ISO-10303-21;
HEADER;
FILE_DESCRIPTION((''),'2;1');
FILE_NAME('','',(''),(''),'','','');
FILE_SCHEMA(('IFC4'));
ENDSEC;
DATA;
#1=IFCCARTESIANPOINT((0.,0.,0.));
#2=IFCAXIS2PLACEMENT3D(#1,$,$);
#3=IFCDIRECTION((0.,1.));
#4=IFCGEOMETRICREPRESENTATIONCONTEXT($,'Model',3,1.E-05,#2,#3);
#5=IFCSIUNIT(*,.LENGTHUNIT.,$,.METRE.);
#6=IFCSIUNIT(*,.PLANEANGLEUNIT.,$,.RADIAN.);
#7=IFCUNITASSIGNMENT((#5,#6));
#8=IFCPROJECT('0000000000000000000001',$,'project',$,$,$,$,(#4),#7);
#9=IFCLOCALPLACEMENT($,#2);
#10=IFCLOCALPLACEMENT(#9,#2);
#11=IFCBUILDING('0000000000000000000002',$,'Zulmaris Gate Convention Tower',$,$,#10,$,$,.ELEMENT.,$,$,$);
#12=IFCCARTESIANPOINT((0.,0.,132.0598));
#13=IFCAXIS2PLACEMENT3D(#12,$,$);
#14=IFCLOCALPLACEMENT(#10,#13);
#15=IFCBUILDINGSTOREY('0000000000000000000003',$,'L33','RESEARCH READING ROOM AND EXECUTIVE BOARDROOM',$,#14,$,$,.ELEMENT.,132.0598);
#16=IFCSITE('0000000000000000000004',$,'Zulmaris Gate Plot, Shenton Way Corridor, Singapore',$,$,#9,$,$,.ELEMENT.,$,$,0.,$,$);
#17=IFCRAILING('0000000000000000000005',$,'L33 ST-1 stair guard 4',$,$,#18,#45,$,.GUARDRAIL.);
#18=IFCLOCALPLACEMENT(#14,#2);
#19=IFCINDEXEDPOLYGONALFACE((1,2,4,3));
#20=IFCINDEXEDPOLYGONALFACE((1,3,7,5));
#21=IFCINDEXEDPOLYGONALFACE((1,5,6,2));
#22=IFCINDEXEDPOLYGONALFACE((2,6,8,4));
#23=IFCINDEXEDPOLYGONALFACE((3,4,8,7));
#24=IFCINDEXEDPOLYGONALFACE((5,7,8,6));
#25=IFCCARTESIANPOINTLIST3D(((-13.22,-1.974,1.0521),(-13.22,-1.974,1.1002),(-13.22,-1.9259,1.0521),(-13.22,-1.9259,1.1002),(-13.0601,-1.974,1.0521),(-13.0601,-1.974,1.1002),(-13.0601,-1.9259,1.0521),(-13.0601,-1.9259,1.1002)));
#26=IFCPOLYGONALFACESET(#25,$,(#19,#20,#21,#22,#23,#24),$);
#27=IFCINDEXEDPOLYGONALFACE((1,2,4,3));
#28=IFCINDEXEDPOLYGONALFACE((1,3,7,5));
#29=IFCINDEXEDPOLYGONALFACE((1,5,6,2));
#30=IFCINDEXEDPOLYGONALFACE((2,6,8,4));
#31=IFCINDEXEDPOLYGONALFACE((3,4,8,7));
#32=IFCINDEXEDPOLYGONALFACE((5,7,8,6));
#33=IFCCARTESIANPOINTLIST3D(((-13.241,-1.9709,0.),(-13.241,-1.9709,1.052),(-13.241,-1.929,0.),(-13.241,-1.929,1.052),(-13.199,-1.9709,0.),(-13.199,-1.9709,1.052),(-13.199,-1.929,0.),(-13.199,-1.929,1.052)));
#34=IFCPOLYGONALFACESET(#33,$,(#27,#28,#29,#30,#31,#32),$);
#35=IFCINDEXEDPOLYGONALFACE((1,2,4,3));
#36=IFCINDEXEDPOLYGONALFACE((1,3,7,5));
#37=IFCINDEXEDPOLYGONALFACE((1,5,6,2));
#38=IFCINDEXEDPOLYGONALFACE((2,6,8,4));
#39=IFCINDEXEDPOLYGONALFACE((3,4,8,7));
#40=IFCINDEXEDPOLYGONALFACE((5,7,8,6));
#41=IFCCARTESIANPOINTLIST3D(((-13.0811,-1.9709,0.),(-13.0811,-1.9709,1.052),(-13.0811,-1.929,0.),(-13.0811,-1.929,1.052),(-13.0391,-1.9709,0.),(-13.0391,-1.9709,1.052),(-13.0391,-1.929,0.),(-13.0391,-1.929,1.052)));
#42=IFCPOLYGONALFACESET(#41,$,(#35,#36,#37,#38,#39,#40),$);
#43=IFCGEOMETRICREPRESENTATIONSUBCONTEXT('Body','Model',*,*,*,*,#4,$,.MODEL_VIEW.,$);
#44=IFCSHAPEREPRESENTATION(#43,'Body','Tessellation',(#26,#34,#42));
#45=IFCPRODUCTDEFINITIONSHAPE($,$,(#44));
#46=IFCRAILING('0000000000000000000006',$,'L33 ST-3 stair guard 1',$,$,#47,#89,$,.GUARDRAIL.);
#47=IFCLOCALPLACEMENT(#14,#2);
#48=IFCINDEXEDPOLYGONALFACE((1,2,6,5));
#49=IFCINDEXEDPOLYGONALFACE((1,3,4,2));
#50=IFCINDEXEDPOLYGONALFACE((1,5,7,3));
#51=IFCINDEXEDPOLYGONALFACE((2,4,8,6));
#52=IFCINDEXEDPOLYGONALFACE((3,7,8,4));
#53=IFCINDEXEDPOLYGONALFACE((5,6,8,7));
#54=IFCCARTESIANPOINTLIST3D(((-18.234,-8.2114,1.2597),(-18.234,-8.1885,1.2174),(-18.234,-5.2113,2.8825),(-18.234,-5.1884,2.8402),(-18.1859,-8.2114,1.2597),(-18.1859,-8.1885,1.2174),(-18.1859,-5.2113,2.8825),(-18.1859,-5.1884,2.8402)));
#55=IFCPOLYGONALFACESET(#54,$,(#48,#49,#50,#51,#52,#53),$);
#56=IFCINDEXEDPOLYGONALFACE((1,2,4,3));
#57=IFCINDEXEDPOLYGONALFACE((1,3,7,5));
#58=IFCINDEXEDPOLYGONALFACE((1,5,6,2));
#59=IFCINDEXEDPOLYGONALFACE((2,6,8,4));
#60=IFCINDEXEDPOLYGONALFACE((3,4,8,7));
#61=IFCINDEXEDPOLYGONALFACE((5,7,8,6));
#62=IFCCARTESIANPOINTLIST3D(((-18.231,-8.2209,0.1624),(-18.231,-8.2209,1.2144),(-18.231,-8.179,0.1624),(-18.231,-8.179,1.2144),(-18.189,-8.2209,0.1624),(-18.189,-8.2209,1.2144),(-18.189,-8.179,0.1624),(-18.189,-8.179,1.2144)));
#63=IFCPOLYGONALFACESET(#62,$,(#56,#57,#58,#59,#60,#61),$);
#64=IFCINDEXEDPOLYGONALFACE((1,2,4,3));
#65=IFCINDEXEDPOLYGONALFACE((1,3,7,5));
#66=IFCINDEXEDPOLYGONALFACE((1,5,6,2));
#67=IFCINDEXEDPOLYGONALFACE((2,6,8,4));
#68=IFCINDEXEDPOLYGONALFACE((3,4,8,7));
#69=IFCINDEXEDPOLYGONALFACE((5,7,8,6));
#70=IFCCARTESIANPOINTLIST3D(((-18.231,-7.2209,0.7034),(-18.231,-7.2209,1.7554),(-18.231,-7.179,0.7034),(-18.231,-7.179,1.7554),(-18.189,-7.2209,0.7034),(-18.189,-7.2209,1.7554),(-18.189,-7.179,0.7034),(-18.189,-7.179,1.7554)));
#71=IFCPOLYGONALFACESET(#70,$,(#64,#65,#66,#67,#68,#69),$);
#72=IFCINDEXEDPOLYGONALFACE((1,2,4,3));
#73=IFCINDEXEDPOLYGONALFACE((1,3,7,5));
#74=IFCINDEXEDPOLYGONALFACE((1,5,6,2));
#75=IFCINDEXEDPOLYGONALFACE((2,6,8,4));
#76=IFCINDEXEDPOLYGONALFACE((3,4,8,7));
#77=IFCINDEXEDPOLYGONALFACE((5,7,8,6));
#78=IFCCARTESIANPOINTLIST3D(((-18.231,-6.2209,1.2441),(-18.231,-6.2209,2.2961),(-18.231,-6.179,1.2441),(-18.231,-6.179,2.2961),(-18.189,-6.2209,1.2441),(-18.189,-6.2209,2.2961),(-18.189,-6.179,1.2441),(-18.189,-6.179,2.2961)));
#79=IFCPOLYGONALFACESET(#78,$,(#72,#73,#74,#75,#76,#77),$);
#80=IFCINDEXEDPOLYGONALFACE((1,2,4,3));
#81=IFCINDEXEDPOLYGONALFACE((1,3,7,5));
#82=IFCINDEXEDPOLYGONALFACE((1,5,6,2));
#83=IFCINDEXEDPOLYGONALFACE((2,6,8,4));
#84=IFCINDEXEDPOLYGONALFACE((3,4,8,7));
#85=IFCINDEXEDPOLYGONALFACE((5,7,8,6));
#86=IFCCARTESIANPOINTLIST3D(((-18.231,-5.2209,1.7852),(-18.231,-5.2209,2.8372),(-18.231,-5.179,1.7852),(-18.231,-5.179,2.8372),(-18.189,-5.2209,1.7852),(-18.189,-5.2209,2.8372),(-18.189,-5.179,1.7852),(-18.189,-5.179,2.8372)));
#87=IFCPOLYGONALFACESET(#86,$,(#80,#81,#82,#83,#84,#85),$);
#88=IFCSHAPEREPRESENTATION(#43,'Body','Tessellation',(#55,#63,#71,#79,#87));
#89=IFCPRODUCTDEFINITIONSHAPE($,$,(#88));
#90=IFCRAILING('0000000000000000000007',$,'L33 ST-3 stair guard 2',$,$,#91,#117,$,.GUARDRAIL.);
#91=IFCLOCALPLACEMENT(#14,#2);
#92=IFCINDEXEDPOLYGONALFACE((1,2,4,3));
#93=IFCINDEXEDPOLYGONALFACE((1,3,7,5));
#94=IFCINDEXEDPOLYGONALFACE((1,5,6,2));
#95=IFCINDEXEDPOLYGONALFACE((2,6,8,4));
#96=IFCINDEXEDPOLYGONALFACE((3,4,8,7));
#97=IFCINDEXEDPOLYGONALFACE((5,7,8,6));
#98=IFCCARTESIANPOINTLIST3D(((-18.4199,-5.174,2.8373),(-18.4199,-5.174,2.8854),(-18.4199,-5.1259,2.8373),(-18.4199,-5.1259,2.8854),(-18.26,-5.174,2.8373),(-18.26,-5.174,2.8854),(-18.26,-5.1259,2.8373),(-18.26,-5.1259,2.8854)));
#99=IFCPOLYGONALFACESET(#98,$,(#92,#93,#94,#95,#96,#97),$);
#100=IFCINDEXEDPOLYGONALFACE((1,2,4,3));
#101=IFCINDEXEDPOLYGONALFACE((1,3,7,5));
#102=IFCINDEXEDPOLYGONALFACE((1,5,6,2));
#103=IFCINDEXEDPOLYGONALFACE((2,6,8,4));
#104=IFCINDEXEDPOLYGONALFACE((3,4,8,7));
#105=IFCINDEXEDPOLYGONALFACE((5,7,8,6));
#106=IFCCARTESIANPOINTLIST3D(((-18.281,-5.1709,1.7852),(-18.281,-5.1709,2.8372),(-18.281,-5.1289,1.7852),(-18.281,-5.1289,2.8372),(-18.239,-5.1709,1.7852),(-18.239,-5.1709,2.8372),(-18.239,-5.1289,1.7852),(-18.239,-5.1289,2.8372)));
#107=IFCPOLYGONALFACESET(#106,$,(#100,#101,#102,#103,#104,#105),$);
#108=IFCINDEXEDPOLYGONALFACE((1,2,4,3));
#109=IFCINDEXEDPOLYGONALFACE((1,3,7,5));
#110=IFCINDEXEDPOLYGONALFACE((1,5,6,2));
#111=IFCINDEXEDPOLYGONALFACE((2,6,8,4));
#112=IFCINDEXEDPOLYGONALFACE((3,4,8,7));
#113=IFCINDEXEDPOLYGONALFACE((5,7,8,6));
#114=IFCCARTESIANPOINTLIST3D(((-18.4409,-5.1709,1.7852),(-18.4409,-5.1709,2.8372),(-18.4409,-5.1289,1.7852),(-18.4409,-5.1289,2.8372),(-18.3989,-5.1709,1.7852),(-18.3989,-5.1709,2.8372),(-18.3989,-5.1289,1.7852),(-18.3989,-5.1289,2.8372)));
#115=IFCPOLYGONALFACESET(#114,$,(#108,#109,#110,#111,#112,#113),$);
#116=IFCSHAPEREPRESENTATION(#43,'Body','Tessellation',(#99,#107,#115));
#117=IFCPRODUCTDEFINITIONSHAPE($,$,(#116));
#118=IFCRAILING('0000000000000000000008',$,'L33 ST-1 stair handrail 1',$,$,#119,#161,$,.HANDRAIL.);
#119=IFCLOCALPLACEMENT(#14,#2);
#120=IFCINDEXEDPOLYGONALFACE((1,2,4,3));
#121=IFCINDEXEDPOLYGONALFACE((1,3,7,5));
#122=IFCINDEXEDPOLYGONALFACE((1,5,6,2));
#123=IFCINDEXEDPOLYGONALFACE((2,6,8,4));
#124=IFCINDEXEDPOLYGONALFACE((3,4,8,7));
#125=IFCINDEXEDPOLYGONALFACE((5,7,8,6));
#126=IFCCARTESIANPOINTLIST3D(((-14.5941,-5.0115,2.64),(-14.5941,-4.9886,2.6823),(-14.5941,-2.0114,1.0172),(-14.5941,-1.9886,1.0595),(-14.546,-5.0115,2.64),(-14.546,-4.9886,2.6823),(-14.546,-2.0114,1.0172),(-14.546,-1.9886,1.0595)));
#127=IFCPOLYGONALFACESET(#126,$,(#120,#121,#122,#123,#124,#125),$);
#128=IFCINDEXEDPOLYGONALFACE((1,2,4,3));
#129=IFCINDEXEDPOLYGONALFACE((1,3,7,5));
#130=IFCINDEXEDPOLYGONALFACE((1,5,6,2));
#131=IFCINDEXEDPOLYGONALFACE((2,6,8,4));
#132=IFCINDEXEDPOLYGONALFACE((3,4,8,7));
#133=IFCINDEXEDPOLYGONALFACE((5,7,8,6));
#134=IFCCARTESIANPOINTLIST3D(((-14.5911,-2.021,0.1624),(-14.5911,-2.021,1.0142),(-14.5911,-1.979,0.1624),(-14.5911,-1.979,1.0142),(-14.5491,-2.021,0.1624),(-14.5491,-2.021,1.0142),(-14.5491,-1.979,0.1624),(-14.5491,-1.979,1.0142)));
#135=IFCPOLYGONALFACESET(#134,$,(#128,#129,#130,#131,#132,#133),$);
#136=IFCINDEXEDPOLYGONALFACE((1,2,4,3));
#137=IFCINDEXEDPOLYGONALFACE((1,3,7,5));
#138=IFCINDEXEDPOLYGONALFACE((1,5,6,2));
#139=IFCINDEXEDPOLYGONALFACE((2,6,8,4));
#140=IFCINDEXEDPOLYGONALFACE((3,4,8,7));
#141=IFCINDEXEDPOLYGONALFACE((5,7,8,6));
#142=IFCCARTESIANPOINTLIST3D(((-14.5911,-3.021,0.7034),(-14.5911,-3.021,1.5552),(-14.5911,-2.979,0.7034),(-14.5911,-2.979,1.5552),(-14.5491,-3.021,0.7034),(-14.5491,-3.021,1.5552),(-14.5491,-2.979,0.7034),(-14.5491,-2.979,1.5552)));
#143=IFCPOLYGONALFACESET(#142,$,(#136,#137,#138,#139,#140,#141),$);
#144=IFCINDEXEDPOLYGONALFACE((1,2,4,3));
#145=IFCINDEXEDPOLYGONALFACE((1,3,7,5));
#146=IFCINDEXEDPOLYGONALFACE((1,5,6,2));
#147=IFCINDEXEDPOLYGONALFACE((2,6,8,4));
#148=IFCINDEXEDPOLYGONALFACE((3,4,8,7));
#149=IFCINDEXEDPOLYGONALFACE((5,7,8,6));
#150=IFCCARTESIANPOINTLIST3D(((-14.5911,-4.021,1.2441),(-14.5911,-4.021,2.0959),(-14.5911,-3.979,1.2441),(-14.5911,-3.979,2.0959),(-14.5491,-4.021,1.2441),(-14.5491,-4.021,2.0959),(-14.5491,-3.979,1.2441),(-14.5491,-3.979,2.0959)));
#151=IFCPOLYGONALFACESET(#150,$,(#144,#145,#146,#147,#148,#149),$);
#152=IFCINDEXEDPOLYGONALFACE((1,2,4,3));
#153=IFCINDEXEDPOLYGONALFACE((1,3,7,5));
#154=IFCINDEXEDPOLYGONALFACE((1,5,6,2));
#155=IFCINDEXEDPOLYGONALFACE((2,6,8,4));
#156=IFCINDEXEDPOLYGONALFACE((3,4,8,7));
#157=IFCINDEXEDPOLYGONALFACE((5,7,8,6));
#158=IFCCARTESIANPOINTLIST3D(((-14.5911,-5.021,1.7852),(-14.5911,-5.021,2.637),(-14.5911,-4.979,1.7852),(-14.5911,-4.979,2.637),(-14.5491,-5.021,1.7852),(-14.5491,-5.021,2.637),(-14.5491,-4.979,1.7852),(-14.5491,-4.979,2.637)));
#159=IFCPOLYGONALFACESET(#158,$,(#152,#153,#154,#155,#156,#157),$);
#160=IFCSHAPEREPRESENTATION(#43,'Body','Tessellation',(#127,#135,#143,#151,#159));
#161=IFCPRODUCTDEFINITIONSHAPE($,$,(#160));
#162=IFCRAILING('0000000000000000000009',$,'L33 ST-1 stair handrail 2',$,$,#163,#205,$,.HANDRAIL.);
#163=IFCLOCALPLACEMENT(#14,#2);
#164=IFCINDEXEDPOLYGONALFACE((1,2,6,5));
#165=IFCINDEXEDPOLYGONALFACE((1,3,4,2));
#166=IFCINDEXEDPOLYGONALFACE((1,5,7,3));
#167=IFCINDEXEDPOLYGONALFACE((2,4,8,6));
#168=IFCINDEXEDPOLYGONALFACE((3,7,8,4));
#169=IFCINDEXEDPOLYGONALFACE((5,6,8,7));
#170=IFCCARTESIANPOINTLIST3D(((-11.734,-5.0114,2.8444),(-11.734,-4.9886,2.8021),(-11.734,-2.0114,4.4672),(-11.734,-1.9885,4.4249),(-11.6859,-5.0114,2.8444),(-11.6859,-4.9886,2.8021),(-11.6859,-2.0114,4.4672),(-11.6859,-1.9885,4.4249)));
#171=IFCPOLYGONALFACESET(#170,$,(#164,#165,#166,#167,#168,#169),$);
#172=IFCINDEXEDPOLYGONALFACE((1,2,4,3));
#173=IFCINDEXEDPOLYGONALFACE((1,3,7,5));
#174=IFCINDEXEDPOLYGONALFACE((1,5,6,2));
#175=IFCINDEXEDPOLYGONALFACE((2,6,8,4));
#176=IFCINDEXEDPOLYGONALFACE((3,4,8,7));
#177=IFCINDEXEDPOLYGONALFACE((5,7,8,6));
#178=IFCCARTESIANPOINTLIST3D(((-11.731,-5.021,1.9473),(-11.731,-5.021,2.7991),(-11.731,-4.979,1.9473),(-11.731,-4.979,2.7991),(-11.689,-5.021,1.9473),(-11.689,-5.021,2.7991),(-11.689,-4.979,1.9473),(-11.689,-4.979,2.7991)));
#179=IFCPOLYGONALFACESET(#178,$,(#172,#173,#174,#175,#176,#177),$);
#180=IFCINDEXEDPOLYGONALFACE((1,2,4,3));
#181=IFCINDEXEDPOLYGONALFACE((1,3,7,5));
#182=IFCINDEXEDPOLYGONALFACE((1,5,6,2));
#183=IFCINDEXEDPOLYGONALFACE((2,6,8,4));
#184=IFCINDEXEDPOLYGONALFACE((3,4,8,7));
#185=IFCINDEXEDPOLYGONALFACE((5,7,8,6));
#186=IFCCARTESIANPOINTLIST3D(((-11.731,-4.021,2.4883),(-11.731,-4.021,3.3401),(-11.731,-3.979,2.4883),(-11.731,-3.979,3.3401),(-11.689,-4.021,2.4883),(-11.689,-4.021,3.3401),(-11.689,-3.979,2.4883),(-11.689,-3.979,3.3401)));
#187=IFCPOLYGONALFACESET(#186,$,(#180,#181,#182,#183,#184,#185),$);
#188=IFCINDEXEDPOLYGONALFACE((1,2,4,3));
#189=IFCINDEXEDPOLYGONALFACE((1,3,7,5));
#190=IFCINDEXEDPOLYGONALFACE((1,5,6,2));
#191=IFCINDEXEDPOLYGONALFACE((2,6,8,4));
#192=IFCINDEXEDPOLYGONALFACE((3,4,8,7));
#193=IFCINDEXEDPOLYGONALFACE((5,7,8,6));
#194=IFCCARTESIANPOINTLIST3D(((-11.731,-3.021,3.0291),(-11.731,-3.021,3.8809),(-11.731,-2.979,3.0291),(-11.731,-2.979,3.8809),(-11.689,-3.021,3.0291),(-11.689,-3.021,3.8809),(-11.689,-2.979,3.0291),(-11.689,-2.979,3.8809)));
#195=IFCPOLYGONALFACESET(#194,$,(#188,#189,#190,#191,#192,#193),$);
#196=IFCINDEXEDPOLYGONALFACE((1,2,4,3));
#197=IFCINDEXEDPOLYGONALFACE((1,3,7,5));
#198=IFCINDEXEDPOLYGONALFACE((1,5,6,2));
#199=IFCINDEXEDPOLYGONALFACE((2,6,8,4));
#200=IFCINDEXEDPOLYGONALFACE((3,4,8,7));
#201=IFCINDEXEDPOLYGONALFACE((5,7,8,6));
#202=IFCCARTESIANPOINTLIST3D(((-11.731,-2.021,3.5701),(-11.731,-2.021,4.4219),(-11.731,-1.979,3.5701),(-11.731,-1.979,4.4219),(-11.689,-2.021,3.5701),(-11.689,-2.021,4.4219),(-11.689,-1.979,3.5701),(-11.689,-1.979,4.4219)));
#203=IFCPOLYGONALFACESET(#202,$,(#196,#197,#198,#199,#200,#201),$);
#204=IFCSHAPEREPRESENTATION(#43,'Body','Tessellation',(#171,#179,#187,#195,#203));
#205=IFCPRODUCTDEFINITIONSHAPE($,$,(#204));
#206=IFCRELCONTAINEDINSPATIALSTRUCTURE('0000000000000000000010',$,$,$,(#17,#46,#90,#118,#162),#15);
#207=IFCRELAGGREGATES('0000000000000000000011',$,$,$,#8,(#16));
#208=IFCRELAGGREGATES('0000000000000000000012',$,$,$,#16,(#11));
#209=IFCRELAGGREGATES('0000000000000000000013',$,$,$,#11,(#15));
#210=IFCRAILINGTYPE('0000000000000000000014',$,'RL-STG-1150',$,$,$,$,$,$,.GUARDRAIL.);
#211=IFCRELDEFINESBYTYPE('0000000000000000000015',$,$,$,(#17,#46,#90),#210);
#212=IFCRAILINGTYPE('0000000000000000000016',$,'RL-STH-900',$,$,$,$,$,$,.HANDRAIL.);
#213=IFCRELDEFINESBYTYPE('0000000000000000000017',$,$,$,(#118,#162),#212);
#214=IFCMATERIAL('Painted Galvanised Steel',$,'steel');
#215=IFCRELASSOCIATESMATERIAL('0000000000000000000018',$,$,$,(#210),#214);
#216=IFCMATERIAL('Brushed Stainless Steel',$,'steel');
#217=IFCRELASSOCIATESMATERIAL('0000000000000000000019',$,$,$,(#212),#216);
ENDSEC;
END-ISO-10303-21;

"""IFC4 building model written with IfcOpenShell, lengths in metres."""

from ifc_helpers import new_model, si_unit, direction, frame, origin, origin_2d, place, context, subcontext, project, spatial, rectangle, extrude, material, type_object, element, save


model = new_model("IFC4")

# Units and contexts
model_context = context("Model", 3, precision=1e-05, world=origin(), true_north=direction((0.0, 1.0)))
body_context = subcontext(model_context, "Body", "Model", "MODEL_VIEW")
ifc_project = project(units=[si_unit("LENGTHUNIT", "METRE"), si_unit("PLANEANGLEUNIT", "RADIAN")], contexts=[model_context])

# Site, building, storey
site_placement = place(None, origin())
site = spatial("IfcSite", under=ifc_project, at=site_placement, Name="Zulmaris Gate Plot, Shenton Way Corridor, Singapore", CompositionType="ELEMENT", RefElevation=0.0)
building_placement = place(site_placement, origin())
building = spatial("IfcBuilding", under=site, at=building_placement, Name="Zulmaris Gate Convention Tower", CompositionType="ELEMENT")
storey_placement = place(building_placement, frame((0.0, 0.0, 132.0598)))
storey = spatial("IfcBuildingStorey", under=building, at=storey_placement, Name="L33", Description="RESEARCH READING ROOM AND EXECUTIVE BOARDROOM", CompositionType="ELEMENT", Elevation=132.0598)

# Railings
ifc_material_1 = material(Name="Painted Galvanised Steel", Category="steel")
railing_type_1 = type_object("IfcRailingType", Name="RL-STG-1150", PredefinedType="GUARDRAIL", material=ifc_material_1)
railing_1_placement = place(storey_placement, frame((-13.22, -1.95, 0.0)))
element("IfcRailing", 1, at=railing_1_placement, inside=storey, type_object=railing_type_1, Name="L33 ST-1 stair guard 4", PredefinedType="GUARDRAIL", context=body_context, shape_type="SweptSolid", body=[
    extrude(rectangle(XDim=0.0481, YDim=0.0481, at=origin_2d()), frame((0.0, 0.0, 1.0762), z_axis=(1.0, 0.0, 0.0), x_axis=(0.0, 1.0, 0.0)), (0.0, 0.0, 1.0), 0.1599),
    extrude(rectangle(XDim=0.042, YDim=0.042, at=origin_2d()), origin(), (0.0, 0.0, 1.0), 1.052),
    extrude(rectangle(XDim=0.042, YDim=0.042, at=origin_2d()), frame((0.1599, 0.0, 0.0)), (0.0, 0.0, 1.0), 1.052),
])
railing_2_placement = place(storey_placement, frame((-18.21, -8.2, 0.1624)))
element("IfcRailing", 2, at=railing_2_placement, inside=storey, type_object=railing_type_1, Name="L33 ST-3 stair guard 1", PredefinedType="GUARDRAIL", context=body_context, shape_type="SweptSolid", body=[
    extrude(rectangle(XDim=0.0481, YDim=0.0481, at=origin_2d()), frame((0.0, 0.0, 1.0762), z_axis=(0.0, 0.879562, 0.475785), x_axis=(-1.0, 0.0, 0.0)), (0.0, 0.0, 1.0), 3.4109),
    extrude(rectangle(XDim=0.042, YDim=0.042, at=origin_2d()), origin(), (0.0, 0.0, 1.0), 1.052),
    extrude(rectangle(XDim=0.042, YDim=0.042, at=origin_2d()), frame((0.0, 1.0, 0.541)), (0.0, 0.0, 1.0), 1.052),
    extrude(rectangle(XDim=0.042, YDim=0.042, at=origin_2d()), frame((0.0, 2.0, 1.0818)), (0.0, 0.0, 1.0), 1.052),
    extrude(rectangle(XDim=0.042, YDim=0.042, at=origin_2d()), frame((0.0, 3.0, 1.6228)), (0.0, 0.0, 1.0), 1.052),
])
railing_3_placement = place(storey_placement, frame((-18.26, -5.1499, 1.7852)))
element("IfcRailing", 3, at=railing_3_placement, inside=storey, type_object=railing_type_1, Name="L33 ST-3 stair guard 2", PredefinedType="GUARDRAIL", context=body_context, shape_type="SweptSolid", body=[
    extrude(rectangle(XDim=0.0481, YDim=0.0481, at=origin_2d()), frame((0.0, 0.0, 1.0762), z_axis=(-1.0, 0.0, 0.0), x_axis=(0.0, -1.0, 0.0)), (0.0, 0.0, 1.0), 0.1599),
    extrude(rectangle(XDim=0.042, YDim=0.042, at=origin_2d()), origin(), (0.0, 0.0, 1.0), 1.052),
    extrude(rectangle(XDim=0.042, YDim=0.042, at=origin_2d()), frame((-0.1599, 0.0, 0.0)), (0.0, 0.0, 1.0), 1.052),
])
ifc_material_2 = material(Name="Brushed Stainless Steel", Category="steel")
railing_type_2 = type_object("IfcRailingType", Name="RL-STH-900", PredefinedType="HANDRAIL", material=ifc_material_2)
railing_4_placement = place(storey_placement, frame((-14.5701, -2.0, 0.1624)))
element("IfcRailing", 4, at=railing_4_placement, inside=storey, type_object=railing_type_2, Name="L33 ST-1 stair handrail 1", PredefinedType="HANDRAIL", context=body_context, shape_type="SweptSolid", body=[
    extrude(rectangle(XDim=0.0481, YDim=0.0481, at=origin_2d()), frame((0.0, 0.0, 0.876), z_axis=(0.0, -0.879562, 0.475785), x_axis=(1.0, 0.0, 0.0)), (0.0, 0.0, 1.0), 3.4109),
    extrude(rectangle(XDim=0.042, YDim=0.042, at=origin_2d()), origin(), (0.0, 0.0, 1.0), 0.8518),
    extrude(rectangle(XDim=0.042, YDim=0.042, at=origin_2d()), frame((0.0, -1.0, 0.541)), (0.0, 0.0, 1.0), 0.8518),
    extrude(rectangle(XDim=0.042, YDim=0.042, at=origin_2d()), frame((0.0, -2.0, 1.0818)), (0.0, 0.0, 1.0), 0.8518),
    extrude(rectangle(XDim=0.042, YDim=0.042, at=origin_2d()), frame((0.0, -3.0, 1.6228)), (0.0, 0.0, 1.0), 0.8518),
])
for number, where, name in (
    (5, (-11.71, -5.0, 1.9473), "L33 ST-1 stair handrail 2"),
):
    element("IfcRailing", number, at=place(storey_placement, frame(where)), inside=storey, type_object=railing_type_2, Name=name, PredefinedType="HANDRAIL", context=body_context, shape_type="SweptSolid", body=[
        extrude(rectangle(XDim=0.0481, YDim=0.0481, at=origin_2d()), frame((0.0, 0.0, 0.876), z_axis=(0.0, 0.879562, 0.475785), x_axis=(-1.0, 0.0, 0.0)), (0.0, 0.0, 1.0), 3.4109),
        extrude(rectangle(XDim=0.042, YDim=0.042, at=origin_2d()), origin(), (0.0, 0.0, 1.0), 0.8518),
        extrude(rectangle(XDim=0.042, YDim=0.042, at=origin_2d()), frame((0.0, 1.0, 0.541)), (0.0, 0.0, 1.0), 0.8518),
        extrude(rectangle(XDim=0.042, YDim=0.042, at=origin_2d()), frame((0.0, 2.0, 1.0818)), (0.0, 0.0, 1.0), 0.8518),
        extrude(rectangle(XDim=0.042, YDim=0.042, at=origin_2d()), frame((0.0, 3.0, 1.6228)), (0.0, 0.0, 1.0), 0.8518),
    ])

save(model, "model.ifc")
